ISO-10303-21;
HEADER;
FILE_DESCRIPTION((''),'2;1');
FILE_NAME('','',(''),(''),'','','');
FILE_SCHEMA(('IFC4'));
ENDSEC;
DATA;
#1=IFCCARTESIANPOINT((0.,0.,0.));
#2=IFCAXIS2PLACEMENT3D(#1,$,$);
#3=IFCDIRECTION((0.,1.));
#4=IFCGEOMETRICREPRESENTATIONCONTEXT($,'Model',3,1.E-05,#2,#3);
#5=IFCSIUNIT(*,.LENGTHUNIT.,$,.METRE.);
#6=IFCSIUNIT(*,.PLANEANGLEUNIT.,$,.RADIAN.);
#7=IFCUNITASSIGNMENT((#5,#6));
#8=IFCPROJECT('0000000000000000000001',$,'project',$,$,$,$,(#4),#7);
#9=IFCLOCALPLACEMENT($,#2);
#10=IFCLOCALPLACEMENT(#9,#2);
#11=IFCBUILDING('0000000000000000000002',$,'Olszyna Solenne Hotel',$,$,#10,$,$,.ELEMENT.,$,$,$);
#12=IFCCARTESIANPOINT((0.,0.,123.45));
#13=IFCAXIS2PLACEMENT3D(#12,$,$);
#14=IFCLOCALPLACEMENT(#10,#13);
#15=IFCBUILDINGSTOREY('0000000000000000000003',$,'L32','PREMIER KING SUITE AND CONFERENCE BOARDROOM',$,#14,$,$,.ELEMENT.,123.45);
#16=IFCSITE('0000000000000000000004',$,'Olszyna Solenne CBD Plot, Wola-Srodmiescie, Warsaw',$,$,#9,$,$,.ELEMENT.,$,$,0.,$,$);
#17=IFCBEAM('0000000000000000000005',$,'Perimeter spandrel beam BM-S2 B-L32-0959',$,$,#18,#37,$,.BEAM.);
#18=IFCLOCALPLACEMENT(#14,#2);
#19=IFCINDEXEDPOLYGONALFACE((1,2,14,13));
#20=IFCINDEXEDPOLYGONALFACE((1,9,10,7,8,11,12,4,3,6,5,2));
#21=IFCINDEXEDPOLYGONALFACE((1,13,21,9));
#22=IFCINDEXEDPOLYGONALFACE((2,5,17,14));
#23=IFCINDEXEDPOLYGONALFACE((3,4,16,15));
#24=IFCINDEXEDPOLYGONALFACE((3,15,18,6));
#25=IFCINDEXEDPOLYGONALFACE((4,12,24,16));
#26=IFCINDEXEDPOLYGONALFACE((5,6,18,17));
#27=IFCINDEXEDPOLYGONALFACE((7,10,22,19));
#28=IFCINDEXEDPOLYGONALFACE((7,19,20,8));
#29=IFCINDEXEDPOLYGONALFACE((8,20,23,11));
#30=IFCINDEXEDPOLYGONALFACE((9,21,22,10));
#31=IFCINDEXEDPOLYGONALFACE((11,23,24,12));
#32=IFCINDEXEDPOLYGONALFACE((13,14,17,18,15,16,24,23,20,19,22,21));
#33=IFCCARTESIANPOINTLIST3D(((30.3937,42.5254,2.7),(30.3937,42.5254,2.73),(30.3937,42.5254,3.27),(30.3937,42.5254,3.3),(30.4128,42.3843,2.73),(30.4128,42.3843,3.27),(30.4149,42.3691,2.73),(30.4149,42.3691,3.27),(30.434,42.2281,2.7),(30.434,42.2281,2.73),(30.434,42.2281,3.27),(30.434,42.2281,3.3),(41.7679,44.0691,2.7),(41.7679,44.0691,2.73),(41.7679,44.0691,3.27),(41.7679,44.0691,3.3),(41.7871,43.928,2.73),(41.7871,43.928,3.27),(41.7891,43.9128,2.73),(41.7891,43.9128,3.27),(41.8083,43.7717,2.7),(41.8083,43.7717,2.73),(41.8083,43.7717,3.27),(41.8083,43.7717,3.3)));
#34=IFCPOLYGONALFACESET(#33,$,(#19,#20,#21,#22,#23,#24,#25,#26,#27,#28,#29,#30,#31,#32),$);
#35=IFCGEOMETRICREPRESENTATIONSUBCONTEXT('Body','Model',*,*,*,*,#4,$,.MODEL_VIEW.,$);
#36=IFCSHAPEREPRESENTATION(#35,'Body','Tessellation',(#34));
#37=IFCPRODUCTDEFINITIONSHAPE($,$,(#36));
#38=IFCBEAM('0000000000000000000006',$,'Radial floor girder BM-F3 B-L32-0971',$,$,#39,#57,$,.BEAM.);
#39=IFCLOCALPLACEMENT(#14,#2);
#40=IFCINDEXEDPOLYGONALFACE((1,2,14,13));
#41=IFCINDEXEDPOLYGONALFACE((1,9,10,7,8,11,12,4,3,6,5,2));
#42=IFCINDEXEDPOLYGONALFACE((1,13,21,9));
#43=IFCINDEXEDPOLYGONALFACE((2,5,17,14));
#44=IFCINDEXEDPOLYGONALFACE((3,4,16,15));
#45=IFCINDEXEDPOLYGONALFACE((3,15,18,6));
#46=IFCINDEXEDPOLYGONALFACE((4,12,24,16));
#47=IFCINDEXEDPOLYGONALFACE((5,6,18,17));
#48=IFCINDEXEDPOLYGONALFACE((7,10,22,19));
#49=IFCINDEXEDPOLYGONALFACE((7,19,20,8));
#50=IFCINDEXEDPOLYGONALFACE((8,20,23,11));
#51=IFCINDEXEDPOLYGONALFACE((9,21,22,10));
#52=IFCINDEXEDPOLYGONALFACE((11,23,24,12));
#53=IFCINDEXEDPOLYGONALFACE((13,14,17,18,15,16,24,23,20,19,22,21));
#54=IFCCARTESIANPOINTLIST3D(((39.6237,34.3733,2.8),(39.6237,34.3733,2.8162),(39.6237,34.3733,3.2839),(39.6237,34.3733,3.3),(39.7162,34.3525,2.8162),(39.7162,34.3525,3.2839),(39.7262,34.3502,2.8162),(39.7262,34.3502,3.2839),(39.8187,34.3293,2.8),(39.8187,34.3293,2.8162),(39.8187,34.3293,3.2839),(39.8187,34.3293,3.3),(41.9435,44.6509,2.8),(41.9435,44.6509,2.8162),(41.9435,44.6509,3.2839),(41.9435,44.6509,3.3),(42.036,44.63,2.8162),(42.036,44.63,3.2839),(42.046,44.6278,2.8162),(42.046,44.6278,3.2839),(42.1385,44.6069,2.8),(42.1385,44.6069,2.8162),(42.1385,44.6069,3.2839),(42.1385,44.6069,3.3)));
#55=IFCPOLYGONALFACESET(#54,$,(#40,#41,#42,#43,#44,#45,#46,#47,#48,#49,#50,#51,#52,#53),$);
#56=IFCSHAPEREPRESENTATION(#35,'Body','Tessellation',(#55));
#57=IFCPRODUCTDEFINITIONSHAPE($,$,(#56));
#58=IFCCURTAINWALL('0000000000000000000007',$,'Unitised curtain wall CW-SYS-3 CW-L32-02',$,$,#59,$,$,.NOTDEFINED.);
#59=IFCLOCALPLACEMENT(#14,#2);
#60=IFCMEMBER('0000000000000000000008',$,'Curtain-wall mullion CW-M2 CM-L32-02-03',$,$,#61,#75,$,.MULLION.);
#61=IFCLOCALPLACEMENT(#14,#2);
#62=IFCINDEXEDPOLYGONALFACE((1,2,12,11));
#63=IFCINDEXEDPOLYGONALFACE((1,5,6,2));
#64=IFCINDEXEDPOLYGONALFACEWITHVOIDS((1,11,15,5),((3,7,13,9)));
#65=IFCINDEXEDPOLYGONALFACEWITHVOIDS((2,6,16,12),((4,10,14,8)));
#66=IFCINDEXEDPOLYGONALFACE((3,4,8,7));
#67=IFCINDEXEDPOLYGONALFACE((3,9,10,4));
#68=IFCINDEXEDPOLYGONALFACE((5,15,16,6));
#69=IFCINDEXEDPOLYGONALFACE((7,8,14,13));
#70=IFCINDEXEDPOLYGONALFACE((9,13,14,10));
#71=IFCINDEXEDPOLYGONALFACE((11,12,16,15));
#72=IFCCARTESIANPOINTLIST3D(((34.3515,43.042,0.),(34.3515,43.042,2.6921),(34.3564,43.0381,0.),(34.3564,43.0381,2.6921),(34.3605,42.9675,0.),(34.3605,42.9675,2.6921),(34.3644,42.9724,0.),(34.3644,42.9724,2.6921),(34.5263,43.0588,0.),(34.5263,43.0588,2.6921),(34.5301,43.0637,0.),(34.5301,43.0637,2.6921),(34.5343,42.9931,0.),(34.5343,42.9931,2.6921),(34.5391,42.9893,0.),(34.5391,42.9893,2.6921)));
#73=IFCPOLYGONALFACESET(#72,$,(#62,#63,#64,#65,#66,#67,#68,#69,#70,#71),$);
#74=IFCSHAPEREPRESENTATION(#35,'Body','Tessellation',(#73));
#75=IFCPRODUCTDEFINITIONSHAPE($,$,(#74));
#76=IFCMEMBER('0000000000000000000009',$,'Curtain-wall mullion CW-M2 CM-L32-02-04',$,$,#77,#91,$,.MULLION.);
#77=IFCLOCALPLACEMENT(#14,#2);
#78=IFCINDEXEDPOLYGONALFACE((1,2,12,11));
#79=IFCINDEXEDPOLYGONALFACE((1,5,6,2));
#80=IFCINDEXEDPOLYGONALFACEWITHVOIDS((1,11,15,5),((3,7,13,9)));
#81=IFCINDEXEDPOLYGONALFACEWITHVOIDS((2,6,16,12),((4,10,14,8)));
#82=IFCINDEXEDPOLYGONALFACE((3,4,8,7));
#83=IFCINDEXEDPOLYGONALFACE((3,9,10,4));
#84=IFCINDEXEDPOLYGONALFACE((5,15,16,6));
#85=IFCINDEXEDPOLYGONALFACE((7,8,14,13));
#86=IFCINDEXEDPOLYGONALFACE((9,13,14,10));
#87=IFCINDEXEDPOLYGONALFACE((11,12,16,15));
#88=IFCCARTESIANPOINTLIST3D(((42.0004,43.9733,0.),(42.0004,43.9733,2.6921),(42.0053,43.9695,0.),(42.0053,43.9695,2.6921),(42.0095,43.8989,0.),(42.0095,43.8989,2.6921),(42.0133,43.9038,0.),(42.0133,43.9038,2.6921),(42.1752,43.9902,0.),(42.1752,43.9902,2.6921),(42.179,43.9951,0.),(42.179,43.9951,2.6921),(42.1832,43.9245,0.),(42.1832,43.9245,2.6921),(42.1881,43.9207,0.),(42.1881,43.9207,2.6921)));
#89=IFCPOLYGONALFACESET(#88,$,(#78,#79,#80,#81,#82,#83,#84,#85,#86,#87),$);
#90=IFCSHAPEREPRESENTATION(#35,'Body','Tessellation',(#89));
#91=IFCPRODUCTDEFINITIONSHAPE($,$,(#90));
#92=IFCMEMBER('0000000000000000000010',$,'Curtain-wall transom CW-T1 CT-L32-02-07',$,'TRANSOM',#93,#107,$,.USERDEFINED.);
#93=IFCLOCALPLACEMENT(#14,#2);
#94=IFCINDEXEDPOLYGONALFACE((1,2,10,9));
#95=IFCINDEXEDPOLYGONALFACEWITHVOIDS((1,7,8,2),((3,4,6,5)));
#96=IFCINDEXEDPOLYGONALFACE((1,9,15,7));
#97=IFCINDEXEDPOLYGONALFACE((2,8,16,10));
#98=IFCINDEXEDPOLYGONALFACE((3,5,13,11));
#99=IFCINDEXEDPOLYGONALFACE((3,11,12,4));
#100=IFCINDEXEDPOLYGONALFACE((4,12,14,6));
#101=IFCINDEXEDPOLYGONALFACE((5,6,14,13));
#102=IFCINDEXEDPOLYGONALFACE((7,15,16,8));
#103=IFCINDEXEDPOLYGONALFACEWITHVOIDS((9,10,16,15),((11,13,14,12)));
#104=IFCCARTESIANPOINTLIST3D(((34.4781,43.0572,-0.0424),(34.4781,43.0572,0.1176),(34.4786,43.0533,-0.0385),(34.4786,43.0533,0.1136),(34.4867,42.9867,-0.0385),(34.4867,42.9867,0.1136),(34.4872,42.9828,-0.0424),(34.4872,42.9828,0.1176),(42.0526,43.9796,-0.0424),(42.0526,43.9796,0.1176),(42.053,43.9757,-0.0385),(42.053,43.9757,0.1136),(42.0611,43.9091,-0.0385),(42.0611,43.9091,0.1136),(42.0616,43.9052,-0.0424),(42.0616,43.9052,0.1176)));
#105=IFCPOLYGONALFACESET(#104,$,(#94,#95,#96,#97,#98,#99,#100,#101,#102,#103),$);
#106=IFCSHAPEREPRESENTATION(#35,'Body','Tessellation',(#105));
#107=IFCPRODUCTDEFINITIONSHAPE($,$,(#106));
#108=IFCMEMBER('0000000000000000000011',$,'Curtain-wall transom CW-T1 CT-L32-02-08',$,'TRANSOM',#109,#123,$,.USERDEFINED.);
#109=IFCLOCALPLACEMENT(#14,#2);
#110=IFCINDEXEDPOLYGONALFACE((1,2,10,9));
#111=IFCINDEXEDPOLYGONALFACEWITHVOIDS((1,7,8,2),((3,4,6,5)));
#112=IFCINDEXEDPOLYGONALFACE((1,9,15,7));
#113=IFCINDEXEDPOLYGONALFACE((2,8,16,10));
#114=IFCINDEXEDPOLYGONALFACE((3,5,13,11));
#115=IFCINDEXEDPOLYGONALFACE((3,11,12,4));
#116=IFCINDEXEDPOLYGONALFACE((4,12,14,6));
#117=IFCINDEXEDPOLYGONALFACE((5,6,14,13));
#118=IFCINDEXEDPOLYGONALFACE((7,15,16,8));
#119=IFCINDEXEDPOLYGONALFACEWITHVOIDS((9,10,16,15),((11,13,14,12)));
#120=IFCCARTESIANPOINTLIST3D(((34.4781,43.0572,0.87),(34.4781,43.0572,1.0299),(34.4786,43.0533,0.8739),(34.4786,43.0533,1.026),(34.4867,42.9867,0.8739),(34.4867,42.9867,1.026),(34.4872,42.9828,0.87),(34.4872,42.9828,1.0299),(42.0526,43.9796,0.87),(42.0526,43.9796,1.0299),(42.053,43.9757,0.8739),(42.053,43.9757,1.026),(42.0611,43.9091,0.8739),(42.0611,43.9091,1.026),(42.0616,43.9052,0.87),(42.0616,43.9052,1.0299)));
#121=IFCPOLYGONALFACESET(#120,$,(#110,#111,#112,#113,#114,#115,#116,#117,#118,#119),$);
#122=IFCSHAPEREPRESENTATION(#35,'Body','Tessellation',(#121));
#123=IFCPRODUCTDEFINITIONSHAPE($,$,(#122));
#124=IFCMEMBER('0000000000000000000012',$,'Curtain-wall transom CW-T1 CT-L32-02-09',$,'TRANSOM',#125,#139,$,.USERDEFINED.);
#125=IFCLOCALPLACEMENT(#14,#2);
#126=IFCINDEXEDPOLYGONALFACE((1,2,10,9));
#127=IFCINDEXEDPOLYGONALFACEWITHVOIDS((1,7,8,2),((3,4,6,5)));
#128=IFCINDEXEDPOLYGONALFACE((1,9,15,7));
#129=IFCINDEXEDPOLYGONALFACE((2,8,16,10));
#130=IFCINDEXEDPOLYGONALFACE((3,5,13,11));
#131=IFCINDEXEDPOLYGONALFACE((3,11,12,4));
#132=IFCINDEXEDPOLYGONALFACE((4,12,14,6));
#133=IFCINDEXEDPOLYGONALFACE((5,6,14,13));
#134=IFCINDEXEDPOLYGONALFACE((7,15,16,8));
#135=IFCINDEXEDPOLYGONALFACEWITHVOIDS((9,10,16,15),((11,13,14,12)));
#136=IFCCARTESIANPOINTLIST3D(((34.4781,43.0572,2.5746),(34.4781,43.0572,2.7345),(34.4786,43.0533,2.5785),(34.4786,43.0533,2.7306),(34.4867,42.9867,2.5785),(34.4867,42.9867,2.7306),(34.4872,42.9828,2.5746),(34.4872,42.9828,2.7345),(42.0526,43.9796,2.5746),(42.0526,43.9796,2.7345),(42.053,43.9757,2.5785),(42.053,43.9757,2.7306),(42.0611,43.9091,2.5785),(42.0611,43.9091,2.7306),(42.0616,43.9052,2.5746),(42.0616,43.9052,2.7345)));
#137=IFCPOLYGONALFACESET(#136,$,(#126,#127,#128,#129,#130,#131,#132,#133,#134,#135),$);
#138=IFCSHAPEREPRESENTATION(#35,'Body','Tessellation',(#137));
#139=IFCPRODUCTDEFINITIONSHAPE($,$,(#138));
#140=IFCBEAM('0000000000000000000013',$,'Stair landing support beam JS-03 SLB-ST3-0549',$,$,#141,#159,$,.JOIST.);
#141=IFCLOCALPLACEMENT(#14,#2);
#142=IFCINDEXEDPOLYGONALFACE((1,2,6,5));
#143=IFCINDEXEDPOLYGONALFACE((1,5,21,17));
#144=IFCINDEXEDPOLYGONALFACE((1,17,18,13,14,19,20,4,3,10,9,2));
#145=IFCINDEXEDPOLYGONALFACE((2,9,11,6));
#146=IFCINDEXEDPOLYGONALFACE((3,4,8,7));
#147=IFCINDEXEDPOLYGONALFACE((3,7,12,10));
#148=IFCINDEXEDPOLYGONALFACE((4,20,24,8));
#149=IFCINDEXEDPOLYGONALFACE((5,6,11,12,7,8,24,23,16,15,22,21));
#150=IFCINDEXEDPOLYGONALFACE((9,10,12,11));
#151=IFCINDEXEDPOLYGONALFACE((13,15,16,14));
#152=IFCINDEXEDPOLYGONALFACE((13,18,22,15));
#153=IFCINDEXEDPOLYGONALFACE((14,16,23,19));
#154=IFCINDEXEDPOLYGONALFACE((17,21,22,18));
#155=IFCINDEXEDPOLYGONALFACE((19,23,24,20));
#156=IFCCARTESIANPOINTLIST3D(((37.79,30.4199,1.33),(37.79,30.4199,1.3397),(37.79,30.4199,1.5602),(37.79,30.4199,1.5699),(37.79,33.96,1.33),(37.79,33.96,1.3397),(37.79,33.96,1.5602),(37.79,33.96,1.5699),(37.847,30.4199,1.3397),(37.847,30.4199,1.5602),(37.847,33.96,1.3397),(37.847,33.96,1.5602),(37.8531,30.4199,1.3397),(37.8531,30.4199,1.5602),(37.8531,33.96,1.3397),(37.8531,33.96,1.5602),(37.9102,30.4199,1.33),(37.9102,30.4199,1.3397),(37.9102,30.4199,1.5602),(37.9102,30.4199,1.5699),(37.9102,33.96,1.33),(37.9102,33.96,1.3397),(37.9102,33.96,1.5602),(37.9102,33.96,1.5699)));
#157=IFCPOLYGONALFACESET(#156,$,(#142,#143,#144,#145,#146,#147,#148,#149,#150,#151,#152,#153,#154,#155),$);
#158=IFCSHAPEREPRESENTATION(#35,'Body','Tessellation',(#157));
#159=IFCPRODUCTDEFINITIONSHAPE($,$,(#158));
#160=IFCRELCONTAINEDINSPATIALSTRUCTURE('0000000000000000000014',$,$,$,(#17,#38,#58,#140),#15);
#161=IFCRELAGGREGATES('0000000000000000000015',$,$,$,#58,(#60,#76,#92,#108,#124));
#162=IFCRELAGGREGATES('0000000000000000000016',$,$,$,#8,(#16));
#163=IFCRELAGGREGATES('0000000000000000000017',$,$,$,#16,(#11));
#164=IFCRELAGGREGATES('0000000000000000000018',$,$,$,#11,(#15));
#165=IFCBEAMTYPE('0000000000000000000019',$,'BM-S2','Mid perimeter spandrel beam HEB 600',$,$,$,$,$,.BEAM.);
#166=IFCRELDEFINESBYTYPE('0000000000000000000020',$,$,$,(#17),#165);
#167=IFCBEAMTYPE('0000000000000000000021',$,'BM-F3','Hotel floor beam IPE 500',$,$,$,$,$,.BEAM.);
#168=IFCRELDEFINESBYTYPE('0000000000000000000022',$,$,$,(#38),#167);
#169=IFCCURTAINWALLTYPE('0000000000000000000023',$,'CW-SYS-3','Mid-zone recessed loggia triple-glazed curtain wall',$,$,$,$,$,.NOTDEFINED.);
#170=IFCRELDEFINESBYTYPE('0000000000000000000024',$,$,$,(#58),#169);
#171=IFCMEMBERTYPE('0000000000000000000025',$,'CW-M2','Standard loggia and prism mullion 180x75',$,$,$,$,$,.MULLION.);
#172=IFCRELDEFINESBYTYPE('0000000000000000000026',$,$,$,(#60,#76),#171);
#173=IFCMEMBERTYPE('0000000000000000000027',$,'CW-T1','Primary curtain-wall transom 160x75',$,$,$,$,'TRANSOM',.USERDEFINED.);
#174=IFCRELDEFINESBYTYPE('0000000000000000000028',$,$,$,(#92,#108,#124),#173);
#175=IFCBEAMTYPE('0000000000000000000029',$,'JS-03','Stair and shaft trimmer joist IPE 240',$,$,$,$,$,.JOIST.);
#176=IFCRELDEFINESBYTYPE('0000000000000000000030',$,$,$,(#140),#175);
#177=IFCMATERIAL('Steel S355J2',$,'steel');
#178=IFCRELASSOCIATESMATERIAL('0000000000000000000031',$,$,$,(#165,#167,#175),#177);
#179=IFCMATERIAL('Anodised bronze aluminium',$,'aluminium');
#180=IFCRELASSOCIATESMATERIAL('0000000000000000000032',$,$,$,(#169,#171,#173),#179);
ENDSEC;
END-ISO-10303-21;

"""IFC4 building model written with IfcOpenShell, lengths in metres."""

from ifc_helpers import new_model, si_unit, direction, frame, origin, origin_2d, place, context, subcontext, project, spatial, hollow_rectangle, i_section, extrude, source, transform, mapped, material, material_profile, profile_set, type_object, element, aggregate, save


model = new_model("IFC4")

# Units and contexts
model_context = context("Model", 3, precision=1e-05, world=origin(), true_north=direction((0.0, 1.0)))
body_context = subcontext(model_context, "Body", "Model", "MODEL_VIEW")
ifc_project = project(units=[si_unit("LENGTHUNIT", "METRE"), si_unit("PLANEANGLEUNIT", "RADIAN")], contexts=[model_context])

# Site, building, storey
site_placement = place(None, origin())
site = spatial("IfcSite", under=ifc_project, at=site_placement, Name="Olszyna Solenne CBD Plot, Wola-Srodmiescie, Warsaw", CompositionType="ELEMENT", RefElevation=0.0)
building_placement = place(site_placement, origin())
building = spatial("IfcBuilding", under=site, at=building_placement, Name="Olszyna Solenne Hotel", CompositionType="ELEMENT")
storey_placement = place(building_placement, frame((0.0, 0.0, 123.45)))
storey = spatial("IfcBuildingStorey", under=building, at=storey_placement, Name="L32", Description="PREMIER KING SUITE AND CONFERENCE BOARDROOM", CompositionType="ELEMENT", Elevation=123.45)

# Beams
ifc_material_1 = material(Name="Steel S355J2", Category="steel")
ifc_material_profile_1 = material_profile(ifc_material_1, i_section(OverallWidth=0.3, OverallDepth=0.6001, WebThickness=0.0154, FlangeThickness=0.03, at=origin_2d()), Name="HEB 600", Category="load-bearing")
ifc_profile_set_1 = profile_set([ifc_material_profile_1], Name="Steel S355J2")
beam_type_1 = type_object("IfcBeamType", Name="BM-S2", Description="Mid perimeter spandrel beam HEB 600", PredefinedType="BEAM", material=ifc_profile_set_1)
shared_shape_1 = source(origin(), body_context, "Body", "SweptSolid", [
    extrude(i_section(OverallWidth=0.3, OverallDepth=0.6001, WebThickness=0.0154, FlangeThickness=0.03, at=origin_2d()), origin(), (0.0, 0.0, 1.0), 11.4785),
])
beam_1_placement = place(storey_placement, frame((41.7881, 43.9204, 3.0), z_axis=(-0.990916, -0.134486, 0.0), x_axis=(0.134486, -0.990916, 0.0)))
element("IfcBeam", 1, at=beam_1_placement, inside=storey, type_object=beam_type_1, Name="Perimeter spandrel beam BM-S2 B-L32-0959", PredefinedType="BEAM", context=body_context, shape_type="MappedRepresentation", body=[
    mapped(shared_shape_1, transform((0.0, 0.0, 0.0), x_axis=(1.0, 0.0, 0.0), y_axis=(0.0, 1.0, 0.0), z_axis=(0.0, 0.0, 1.0), scale=1.0)),
])
ifc_material_profile_2 = material_profile(ifc_material_1, i_section(OverallWidth=0.2, OverallDepth=0.5, WebThickness=0.0103, FlangeThickness=0.0161, at=origin_2d()), Name="IPE 500", Category="load-bearing")
ifc_profile_set_2 = profile_set([ifc_material_profile_2], Name="Steel S355J2")
beam_type_2 = type_object("IfcBeamType", Name="BM-F3", Description="Hotel floor beam IPE 500", PredefinedType="BEAM", material=ifc_profile_set_2)
shared_shape_2 = source(origin(), body_context, "Body", "SweptSolid", [
    extrude(i_section(OverallWidth=0.2, OverallDepth=0.5, WebThickness=0.0103, FlangeThickness=0.0161, at=origin_2d()), origin(), (0.0, 0.0, 1.0), 10.5361),
])
beam_2_placement = place(storey_placement, frame((42.041, 44.6289, 3.05), z_axis=(-0.220178, -0.97546, 0.0), x_axis=(0.97546, -0.220178, 0.0)))
element("IfcBeam", 2, at=beam_2_placement, inside=storey, type_object=beam_type_2, Name="Radial floor girder BM-F3 B-L32-0971", PredefinedType="BEAM", context=body_context, shape_type="MappedRepresentation", body=[
    mapped(shared_shape_2, transform((0.0, 0.0, 0.0), x_axis=(1.0, 0.0, 0.0), y_axis=(0.0, 1.0, 0.0), z_axis=(0.0, 0.0, 1.0), scale=1.0)),
])

# Curtain wall, members
ifc_material_2 = material(Name="Anodised bronze aluminium", Category="aluminium")
curtain_wall_type = type_object("IfcCurtainWallType", Name="CW-SYS-3", Description="Mid-zone recessed loggia triple-glazed curtain wall", PredefinedType="NOTDEFINED", material=ifc_material_2)
curtain_wall_placement = place(storey_placement, origin())
curtain_wall = element("IfcCurtainWall", 3, at=curtain_wall_placement, inside=storey, type_object=curtain_wall_type, Name="Unitised curtain wall CW-SYS-3 CW-L32-02", PredefinedType="NOTDEFINED")
ifc_material_profile_3 = material_profile(ifc_material_2, hollow_rectangle(XDim=0.075, YDim=0.1799, WallThickness=0.0044, at=origin_2d()), Name="MULL 180x75x4.5", Category="load-bearing")
ifc_profile_set_3 = profile_set([ifc_material_profile_3], Name="Anodised bronze aluminium")
member_type_1 = type_object("IfcMemberType", Name="CW-M2", Description="Standard loggia and prism mullion 180x75", PredefinedType="MULLION", material=ifc_profile_set_3)
shared_shape_3 = source(origin(), body_context, "Body", "SweptSolid", [
    extrude(hollow_rectangle(XDim=0.075, YDim=0.1799, WallThickness=0.0044, at=origin_2d()), origin(), (0.0, 0.0, 1.0), 2.6921),
])
member_1_placement = place(storey_placement, frame((34.4453, 43.0156, 0.0), z_axis=(0.0, 0.0, 1.0), x_axis=(-0.120877, 0.992667, 0.0)))
member_1 = element("IfcMember", 4, at=member_1_placement, type_object=member_type_1, Name="Curtain-wall mullion CW-M2 CM-L32-02-03", PredefinedType="MULLION", context=body_context, shape_type="MappedRepresentation", body=[
    mapped(shared_shape_3, transform((0.0, 0.0, 0.0), x_axis=(1.0, 0.0, 0.0), y_axis=(0.0, 1.0, 0.0), z_axis=(0.0, 0.0, 1.0), scale=1.0)),
])
member_2_placement = place(storey_placement, frame((42.0942, 43.947, 0.0), z_axis=(0.0, 0.0, 1.0), x_axis=(-0.120877, 0.992667, 0.0)))
member_2 = element("IfcMember", 5, at=member_2_placement, type_object=member_type_1, Name="Curtain-wall mullion CW-M2 CM-L32-02-04", PredefinedType="MULLION", context=body_context, shape_type="MappedRepresentation", body=[
    mapped(shared_shape_3, transform((0.0, 0.0, 0.0), x_axis=(1.0, 0.0, 0.0), y_axis=(0.0, 1.0, 0.0), z_axis=(0.0, 0.0, 1.0), scale=1.0)),
])
ifc_material_profile_4 = material_profile(ifc_material_2, hollow_rectangle(XDim=0.075, YDim=0.1599, WallThickness=0.0039, at=origin_2d()), Name="TRAN 160x75x4", Category="load-bearing")
ifc_profile_set_4 = profile_set([ifc_material_profile_4], Name="Anodised bronze aluminium")
member_type_2 = type_object("IfcMemberType", Name="CW-T1", Description="Primary curtain-wall transom 160x75", ElementType="TRANSOM", PredefinedType="USERDEFINED", material=ifc_profile_set_4)
shared_shape_4 = source(origin(), body_context, "Body", "SweptSolid", [
    extrude(hollow_rectangle(XDim=0.075, YDim=0.1599, WallThickness=0.0039, at=origin_2d()), origin(), (0.0, 0.0, 1.0), 7.6304),
])
member_3_placement = place(storey_placement, frame((34.4827, 43.02, 0.0376), z_axis=(0.992667, 0.12088, 0.0), x_axis=(-0.12088, 0.992667, 0.0)))
member_3 = element("IfcMember", 6, at=member_3_placement, type_object=member_type_2, Name="Curtain-wall transom CW-T1 CT-L32-02-07", ObjectType="TRANSOM", PredefinedType="USERDEFINED", context=body_context, shape_type="MappedRepresentation", body=[
    mapped(shared_shape_4, transform((0.0, 0.0, 0.0), x_axis=(1.0, 0.0, 0.0), y_axis=(0.0, 1.0, 0.0), z_axis=(0.0, 0.0, 1.0), scale=1.0)),
])
member_4_placement = place(storey_placement, frame((34.4827, 43.02, 0.95), z_axis=(0.992667, 0.12088, 0.0), x_axis=(-0.12088, 0.992667, 0.0)))
member_4 = element("IfcMember", 7, at=member_4_placement, type_object=member_type_2, Name="Curtain-wall transom CW-T1 CT-L32-02-08", ObjectType="TRANSOM", PredefinedType="USERDEFINED", context=body_context, shape_type="MappedRepresentation", body=[
    mapped(shared_shape_4, transform((0.0, 0.0, 0.0), x_axis=(1.0, 0.0, 0.0), y_axis=(0.0, 1.0, 0.0), z_axis=(0.0, 0.0, 1.0), scale=1.0)),
])
member_5_placement = place(storey_placement, frame((34.4827, 43.02, 2.6545), z_axis=(0.992667, 0.12088, 0.0), x_axis=(-0.12088, 0.992667, 0.0)))
member_5 = element("IfcMember", 8, at=member_5_placement, type_object=member_type_2, Name="Curtain-wall transom CW-T1 CT-L32-02-09", ObjectType="TRANSOM", PredefinedType="USERDEFINED", context=body_context, shape_type="MappedRepresentation", body=[
    mapped(shared_shape_4, transform((0.0, 0.0, 0.0), x_axis=(1.0, 0.0, 0.0), y_axis=(0.0, 1.0, 0.0), z_axis=(0.0, 0.0, 1.0), scale=1.0)),
])

# Beam
ifc_material_profile_5 = material_profile(ifc_material_1, i_section(OverallWidth=0.1201, OverallDepth=0.24, WebThickness=0.0061, FlangeThickness=0.0098, at=origin_2d()), Name="IPE 240", Category="load-bearing")
ifc_profile_set_5 = profile_set([ifc_material_profile_5], Name="Steel S355J2")
beam_type_3 = type_object("IfcBeamType", Name="JS-03", Description="Stair and shaft trimmer joist IPE 240", PredefinedType="JOIST", material=ifc_profile_set_5)
shared_shape_5 = source(origin(), body_context, "Body", "SweptSolid", [
    extrude(i_section(OverallWidth=0.1201, OverallDepth=0.24, WebThickness=0.0061, FlangeThickness=0.0098, at=origin_2d()), origin(), (0.0, 0.0, 1.0), 3.54),
])
for number, where, z_axis, x_axis, name in (
    (9, (37.8501, 30.4199, 1.45), (0.0, 1.0, 0.0), (-1.0, 0.0, 0.0), "Stair landing support beam JS-03 SLB-ST3-0549"),
):
    element("IfcBeam", number, at=place(storey_placement, frame(where, z_axis=z_axis, x_axis=x_axis)), inside=storey, type_object=beam_type_3, Name=name, PredefinedType="JOIST", context=body_context, shape_type="MappedRepresentation", body=[
        mapped(shared_shape_5, transform((0.0, 0.0, 0.0), x_axis=(1.0, 0.0, 0.0), y_axis=(0.0, 1.0, 0.0), z_axis=(0.0, 0.0, 1.0), scale=1.0)),
    ])

aggregate(curtain_wall, [member_1, member_2, member_3, member_4, member_5])

save(model, "model.ifc")
